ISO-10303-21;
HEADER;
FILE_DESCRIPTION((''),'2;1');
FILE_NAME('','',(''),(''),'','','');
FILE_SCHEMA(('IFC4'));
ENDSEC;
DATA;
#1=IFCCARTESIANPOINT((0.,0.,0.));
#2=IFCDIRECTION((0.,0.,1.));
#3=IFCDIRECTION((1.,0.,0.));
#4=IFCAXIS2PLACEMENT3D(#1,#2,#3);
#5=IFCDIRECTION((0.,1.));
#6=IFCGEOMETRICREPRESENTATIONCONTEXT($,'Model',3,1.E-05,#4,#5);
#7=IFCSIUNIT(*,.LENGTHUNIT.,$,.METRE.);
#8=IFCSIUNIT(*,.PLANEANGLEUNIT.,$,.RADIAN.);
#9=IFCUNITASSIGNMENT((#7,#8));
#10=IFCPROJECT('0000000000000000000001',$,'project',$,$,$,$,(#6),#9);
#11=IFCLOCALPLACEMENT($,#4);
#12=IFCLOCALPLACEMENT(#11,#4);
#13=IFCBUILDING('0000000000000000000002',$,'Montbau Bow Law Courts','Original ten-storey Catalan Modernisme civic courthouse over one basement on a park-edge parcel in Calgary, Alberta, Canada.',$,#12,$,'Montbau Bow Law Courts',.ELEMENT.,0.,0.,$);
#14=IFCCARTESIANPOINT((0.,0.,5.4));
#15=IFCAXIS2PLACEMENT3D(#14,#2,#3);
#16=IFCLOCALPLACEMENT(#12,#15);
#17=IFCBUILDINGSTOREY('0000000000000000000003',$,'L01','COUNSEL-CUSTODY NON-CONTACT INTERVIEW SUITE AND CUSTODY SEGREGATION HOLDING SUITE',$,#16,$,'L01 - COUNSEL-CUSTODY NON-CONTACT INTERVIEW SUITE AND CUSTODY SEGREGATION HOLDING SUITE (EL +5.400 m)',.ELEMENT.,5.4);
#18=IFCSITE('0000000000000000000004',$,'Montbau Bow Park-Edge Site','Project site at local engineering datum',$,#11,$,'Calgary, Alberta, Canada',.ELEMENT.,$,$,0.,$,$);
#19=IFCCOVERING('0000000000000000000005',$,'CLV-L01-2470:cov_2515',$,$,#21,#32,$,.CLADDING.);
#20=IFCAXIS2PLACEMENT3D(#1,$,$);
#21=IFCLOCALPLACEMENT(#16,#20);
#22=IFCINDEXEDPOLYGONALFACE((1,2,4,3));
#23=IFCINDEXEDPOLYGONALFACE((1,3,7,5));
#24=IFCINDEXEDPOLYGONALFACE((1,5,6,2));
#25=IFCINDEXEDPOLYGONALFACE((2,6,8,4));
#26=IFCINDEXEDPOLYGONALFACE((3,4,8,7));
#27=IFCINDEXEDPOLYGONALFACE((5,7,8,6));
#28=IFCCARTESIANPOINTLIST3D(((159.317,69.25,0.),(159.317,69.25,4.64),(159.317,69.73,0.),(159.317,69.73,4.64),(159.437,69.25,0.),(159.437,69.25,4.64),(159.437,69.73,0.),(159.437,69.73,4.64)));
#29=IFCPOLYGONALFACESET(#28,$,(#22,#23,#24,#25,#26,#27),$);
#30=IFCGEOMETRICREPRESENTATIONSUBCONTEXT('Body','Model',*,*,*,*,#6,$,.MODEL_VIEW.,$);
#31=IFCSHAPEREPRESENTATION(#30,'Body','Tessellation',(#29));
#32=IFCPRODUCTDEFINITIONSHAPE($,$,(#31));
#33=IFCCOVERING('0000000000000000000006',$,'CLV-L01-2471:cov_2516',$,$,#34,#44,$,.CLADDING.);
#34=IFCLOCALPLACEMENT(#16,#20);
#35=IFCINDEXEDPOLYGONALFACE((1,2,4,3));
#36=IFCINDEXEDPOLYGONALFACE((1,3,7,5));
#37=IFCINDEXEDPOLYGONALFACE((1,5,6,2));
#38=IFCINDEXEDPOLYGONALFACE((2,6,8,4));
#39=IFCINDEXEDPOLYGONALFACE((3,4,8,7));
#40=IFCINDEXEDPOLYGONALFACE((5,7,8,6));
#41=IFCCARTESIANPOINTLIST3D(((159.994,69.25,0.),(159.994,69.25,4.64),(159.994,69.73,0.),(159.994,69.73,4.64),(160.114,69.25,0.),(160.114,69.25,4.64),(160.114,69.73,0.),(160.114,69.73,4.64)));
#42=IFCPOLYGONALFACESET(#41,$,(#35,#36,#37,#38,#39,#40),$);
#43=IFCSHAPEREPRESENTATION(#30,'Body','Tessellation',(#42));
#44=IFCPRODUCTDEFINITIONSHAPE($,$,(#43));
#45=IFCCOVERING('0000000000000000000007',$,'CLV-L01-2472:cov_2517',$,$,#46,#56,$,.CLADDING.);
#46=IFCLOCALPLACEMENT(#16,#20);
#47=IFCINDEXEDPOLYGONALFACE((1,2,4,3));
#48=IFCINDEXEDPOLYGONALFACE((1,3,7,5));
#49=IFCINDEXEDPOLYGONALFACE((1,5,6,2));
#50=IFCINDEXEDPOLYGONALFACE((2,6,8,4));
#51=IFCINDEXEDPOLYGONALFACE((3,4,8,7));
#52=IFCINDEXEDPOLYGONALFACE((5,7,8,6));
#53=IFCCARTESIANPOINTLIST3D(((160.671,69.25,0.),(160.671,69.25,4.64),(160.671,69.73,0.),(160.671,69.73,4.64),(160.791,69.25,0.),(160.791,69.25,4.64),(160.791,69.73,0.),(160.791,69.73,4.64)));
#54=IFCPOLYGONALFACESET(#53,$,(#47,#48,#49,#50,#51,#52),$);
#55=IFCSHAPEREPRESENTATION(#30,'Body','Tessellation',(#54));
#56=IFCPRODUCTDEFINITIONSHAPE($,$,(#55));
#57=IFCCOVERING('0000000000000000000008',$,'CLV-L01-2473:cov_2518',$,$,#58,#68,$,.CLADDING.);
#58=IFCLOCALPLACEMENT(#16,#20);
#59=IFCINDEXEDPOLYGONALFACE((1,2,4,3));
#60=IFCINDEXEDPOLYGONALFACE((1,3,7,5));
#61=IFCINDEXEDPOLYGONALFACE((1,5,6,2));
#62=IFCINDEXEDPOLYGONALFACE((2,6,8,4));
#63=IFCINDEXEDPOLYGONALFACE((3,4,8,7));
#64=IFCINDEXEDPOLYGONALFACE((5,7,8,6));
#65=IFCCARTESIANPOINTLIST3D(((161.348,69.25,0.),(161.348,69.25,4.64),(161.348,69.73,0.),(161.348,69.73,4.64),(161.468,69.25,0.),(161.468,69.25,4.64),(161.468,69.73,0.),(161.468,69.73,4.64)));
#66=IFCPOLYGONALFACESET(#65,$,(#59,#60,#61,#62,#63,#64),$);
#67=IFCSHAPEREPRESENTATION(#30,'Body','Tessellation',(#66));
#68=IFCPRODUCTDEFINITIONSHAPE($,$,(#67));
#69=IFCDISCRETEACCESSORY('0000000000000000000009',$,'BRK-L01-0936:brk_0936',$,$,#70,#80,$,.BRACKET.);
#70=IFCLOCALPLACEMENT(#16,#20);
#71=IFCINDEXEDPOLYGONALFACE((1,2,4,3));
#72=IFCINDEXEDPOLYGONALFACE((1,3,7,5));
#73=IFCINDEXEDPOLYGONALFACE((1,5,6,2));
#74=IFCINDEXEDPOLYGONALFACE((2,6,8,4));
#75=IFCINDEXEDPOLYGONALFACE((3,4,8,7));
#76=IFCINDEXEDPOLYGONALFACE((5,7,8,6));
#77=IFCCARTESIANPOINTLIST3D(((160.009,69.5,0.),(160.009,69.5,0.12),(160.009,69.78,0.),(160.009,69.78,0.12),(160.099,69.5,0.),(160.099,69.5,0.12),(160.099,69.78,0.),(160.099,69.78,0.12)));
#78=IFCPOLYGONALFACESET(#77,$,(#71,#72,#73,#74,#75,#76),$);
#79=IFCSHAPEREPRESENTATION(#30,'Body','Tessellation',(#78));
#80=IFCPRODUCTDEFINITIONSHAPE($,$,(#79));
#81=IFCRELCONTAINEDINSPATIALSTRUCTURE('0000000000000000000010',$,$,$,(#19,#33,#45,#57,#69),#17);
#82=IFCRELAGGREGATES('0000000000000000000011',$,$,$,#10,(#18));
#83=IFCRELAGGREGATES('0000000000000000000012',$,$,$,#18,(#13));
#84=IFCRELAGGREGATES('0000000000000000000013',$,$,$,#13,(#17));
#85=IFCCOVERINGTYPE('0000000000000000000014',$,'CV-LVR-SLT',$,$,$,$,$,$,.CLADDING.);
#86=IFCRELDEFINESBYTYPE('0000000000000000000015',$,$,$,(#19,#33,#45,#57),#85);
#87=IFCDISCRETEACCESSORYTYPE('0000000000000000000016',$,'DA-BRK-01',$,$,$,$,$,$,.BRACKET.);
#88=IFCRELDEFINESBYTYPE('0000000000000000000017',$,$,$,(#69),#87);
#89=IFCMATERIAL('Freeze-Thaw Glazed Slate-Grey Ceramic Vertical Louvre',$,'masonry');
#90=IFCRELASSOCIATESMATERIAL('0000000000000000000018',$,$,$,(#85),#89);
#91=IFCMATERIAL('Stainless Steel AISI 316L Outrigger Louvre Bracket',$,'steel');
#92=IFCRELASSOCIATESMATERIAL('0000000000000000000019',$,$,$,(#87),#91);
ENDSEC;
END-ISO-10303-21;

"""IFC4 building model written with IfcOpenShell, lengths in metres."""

from ifc_helpers import new_model, si_unit, direction, frame, frame_2d, origin_with_axes, origin_2d_with_axis, place, context, subcontext, project, spatial, rectangle, extrude, material, type_object, element, save


model = new_model("IFC4")

# Units and contexts
model_context = context("Model", 3, precision=1e-05, world=origin_with_axes(), true_north=direction((0.0, 1.0)))
body_context = subcontext(model_context, "Body", "Model", "MODEL_VIEW")
ifc_project = project(units=[si_unit("LENGTHUNIT", "METRE"), si_unit("PLANEANGLEUNIT", "RADIAN")], contexts=[model_context])

# Site, building, storey
site_placement = place(None, origin_with_axes())
site = spatial("IfcSite", under=ifc_project, at=site_placement, Name="Montbau Bow Park-Edge Site", Description="Project site at local engineering datum", LongName="Calgary, Alberta, Canada", CompositionType="ELEMENT", RefElevation=0.0)
building_placement = place(site_placement, origin_with_axes())
building = spatial("IfcBuilding", under=site, at=building_placement, Name="Montbau Bow Law Courts", Description="Original ten-storey Catalan Modernisme civic courthouse over one basement on a park-edge parcel in Calgary, Alberta, Canada.", LongName="Montbau Bow Law Courts", CompositionType="ELEMENT", ElevationOfRefHeight=0.0, ElevationOfTerrain=0.0)
storey_placement = place(building_placement, frame((0.0, 0.0, 5.4), z_axis=(0.0, 0.0, 1.0), x_axis=(1.0, 0.0, 0.0)))
storey = spatial("IfcBuildingStorey", under=building, at=storey_placement, Name="L01", Description="COUNSEL-CUSTODY NON-CONTACT INTERVIEW SUITE AND CUSTODY SEGREGATION HOLDING SUITE", LongName="L01 - COUNSEL-CUSTODY NON-CONTACT INTERVIEW SUITE AND CUSTODY SEGREGATION HOLDING SUITE (EL +5.400 m)", CompositionType="ELEMENT", Elevation=5.4)

# Coverings
ifc_material_1 = material(Name="Freeze-Thaw Glazed Slate-Grey Ceramic Vertical Louvre", Category="masonry")
covering_type = type_object("IfcCoveringType", Name="CV-LVR-SLT", PredefinedType="CLADDING", material=ifc_material_1)
for number, where, z_axis, x_axis, name in (
    (1, (159.377, 69.73, 5.4), (-1.0, 0.0, 0.0), (0.0, -1.0, 0.0), "CLV-L01-2470:cov_2515"),
    (2, (160.054, 69.73, 5.4), (-1.0, 0.0, 0.0), (0.0, -1.0, 0.0), "CLV-L01-2471:cov_2516"),
    (3, (160.731, 69.73, 5.4), (-1.0, 0.0, 0.0), (0.0, -1.0, 0.0), "CLV-L01-2472:cov_2517"),
    (4, (161.408, 69.73, 5.4), (-1.0, 0.0, 0.0), (0.0, -1.0, 0.0), "CLV-L01-2473:cov_2518"),
):
    element("IfcCovering", number, at=place(None, frame(where, z_axis=z_axis, x_axis=x_axis)), inside=storey, type_object=covering_type, Name=name, PredefinedType="CLADDING", context=body_context, shape_type="SweptSolid", body=[
        extrude(rectangle(XDim=0.48, YDim=4.64, at=frame_2d((0.24, 2.32), x_axis=(1.0, 0.0))), frame((0.0, 0.0, -0.06), z_axis=(0.0, 0.0, 1.0), x_axis=(1.0, 0.0, 0.0)), (0.0, 0.0, 1.0), 0.12),
    ])

# Discrete accessory
ifc_material_2 = material(Name="Stainless Steel AISI 316L Outrigger Louvre Bracket", Category="steel")
discrete_accessory_type = type_object("IfcDiscreteAccessoryType", Name="DA-BRK-01", PredefinedType="BRACKET", material=ifc_material_2)
discrete_accessory_placement = place(None, frame((160.054, 69.64, 5.4), z_axis=(0.0, 0.0, 1.0), x_axis=(0.0, -1.0, 0.0)))
element("IfcDiscreteAccessory", 5, at=discrete_accessory_placement, inside=storey, type_object=discrete_accessory_type, Name="BRK-L01-0936:brk_0936", PredefinedType="BRACKET", context=body_context, shape_type="SweptSolid", body=[
    extrude(rectangle(XDim=0.28, YDim=0.09, at=origin_2d_with_axis()), origin_with_axes(), (0.0, 0.0, 1.0), 0.12),
])

save(model, "model.ifc")
